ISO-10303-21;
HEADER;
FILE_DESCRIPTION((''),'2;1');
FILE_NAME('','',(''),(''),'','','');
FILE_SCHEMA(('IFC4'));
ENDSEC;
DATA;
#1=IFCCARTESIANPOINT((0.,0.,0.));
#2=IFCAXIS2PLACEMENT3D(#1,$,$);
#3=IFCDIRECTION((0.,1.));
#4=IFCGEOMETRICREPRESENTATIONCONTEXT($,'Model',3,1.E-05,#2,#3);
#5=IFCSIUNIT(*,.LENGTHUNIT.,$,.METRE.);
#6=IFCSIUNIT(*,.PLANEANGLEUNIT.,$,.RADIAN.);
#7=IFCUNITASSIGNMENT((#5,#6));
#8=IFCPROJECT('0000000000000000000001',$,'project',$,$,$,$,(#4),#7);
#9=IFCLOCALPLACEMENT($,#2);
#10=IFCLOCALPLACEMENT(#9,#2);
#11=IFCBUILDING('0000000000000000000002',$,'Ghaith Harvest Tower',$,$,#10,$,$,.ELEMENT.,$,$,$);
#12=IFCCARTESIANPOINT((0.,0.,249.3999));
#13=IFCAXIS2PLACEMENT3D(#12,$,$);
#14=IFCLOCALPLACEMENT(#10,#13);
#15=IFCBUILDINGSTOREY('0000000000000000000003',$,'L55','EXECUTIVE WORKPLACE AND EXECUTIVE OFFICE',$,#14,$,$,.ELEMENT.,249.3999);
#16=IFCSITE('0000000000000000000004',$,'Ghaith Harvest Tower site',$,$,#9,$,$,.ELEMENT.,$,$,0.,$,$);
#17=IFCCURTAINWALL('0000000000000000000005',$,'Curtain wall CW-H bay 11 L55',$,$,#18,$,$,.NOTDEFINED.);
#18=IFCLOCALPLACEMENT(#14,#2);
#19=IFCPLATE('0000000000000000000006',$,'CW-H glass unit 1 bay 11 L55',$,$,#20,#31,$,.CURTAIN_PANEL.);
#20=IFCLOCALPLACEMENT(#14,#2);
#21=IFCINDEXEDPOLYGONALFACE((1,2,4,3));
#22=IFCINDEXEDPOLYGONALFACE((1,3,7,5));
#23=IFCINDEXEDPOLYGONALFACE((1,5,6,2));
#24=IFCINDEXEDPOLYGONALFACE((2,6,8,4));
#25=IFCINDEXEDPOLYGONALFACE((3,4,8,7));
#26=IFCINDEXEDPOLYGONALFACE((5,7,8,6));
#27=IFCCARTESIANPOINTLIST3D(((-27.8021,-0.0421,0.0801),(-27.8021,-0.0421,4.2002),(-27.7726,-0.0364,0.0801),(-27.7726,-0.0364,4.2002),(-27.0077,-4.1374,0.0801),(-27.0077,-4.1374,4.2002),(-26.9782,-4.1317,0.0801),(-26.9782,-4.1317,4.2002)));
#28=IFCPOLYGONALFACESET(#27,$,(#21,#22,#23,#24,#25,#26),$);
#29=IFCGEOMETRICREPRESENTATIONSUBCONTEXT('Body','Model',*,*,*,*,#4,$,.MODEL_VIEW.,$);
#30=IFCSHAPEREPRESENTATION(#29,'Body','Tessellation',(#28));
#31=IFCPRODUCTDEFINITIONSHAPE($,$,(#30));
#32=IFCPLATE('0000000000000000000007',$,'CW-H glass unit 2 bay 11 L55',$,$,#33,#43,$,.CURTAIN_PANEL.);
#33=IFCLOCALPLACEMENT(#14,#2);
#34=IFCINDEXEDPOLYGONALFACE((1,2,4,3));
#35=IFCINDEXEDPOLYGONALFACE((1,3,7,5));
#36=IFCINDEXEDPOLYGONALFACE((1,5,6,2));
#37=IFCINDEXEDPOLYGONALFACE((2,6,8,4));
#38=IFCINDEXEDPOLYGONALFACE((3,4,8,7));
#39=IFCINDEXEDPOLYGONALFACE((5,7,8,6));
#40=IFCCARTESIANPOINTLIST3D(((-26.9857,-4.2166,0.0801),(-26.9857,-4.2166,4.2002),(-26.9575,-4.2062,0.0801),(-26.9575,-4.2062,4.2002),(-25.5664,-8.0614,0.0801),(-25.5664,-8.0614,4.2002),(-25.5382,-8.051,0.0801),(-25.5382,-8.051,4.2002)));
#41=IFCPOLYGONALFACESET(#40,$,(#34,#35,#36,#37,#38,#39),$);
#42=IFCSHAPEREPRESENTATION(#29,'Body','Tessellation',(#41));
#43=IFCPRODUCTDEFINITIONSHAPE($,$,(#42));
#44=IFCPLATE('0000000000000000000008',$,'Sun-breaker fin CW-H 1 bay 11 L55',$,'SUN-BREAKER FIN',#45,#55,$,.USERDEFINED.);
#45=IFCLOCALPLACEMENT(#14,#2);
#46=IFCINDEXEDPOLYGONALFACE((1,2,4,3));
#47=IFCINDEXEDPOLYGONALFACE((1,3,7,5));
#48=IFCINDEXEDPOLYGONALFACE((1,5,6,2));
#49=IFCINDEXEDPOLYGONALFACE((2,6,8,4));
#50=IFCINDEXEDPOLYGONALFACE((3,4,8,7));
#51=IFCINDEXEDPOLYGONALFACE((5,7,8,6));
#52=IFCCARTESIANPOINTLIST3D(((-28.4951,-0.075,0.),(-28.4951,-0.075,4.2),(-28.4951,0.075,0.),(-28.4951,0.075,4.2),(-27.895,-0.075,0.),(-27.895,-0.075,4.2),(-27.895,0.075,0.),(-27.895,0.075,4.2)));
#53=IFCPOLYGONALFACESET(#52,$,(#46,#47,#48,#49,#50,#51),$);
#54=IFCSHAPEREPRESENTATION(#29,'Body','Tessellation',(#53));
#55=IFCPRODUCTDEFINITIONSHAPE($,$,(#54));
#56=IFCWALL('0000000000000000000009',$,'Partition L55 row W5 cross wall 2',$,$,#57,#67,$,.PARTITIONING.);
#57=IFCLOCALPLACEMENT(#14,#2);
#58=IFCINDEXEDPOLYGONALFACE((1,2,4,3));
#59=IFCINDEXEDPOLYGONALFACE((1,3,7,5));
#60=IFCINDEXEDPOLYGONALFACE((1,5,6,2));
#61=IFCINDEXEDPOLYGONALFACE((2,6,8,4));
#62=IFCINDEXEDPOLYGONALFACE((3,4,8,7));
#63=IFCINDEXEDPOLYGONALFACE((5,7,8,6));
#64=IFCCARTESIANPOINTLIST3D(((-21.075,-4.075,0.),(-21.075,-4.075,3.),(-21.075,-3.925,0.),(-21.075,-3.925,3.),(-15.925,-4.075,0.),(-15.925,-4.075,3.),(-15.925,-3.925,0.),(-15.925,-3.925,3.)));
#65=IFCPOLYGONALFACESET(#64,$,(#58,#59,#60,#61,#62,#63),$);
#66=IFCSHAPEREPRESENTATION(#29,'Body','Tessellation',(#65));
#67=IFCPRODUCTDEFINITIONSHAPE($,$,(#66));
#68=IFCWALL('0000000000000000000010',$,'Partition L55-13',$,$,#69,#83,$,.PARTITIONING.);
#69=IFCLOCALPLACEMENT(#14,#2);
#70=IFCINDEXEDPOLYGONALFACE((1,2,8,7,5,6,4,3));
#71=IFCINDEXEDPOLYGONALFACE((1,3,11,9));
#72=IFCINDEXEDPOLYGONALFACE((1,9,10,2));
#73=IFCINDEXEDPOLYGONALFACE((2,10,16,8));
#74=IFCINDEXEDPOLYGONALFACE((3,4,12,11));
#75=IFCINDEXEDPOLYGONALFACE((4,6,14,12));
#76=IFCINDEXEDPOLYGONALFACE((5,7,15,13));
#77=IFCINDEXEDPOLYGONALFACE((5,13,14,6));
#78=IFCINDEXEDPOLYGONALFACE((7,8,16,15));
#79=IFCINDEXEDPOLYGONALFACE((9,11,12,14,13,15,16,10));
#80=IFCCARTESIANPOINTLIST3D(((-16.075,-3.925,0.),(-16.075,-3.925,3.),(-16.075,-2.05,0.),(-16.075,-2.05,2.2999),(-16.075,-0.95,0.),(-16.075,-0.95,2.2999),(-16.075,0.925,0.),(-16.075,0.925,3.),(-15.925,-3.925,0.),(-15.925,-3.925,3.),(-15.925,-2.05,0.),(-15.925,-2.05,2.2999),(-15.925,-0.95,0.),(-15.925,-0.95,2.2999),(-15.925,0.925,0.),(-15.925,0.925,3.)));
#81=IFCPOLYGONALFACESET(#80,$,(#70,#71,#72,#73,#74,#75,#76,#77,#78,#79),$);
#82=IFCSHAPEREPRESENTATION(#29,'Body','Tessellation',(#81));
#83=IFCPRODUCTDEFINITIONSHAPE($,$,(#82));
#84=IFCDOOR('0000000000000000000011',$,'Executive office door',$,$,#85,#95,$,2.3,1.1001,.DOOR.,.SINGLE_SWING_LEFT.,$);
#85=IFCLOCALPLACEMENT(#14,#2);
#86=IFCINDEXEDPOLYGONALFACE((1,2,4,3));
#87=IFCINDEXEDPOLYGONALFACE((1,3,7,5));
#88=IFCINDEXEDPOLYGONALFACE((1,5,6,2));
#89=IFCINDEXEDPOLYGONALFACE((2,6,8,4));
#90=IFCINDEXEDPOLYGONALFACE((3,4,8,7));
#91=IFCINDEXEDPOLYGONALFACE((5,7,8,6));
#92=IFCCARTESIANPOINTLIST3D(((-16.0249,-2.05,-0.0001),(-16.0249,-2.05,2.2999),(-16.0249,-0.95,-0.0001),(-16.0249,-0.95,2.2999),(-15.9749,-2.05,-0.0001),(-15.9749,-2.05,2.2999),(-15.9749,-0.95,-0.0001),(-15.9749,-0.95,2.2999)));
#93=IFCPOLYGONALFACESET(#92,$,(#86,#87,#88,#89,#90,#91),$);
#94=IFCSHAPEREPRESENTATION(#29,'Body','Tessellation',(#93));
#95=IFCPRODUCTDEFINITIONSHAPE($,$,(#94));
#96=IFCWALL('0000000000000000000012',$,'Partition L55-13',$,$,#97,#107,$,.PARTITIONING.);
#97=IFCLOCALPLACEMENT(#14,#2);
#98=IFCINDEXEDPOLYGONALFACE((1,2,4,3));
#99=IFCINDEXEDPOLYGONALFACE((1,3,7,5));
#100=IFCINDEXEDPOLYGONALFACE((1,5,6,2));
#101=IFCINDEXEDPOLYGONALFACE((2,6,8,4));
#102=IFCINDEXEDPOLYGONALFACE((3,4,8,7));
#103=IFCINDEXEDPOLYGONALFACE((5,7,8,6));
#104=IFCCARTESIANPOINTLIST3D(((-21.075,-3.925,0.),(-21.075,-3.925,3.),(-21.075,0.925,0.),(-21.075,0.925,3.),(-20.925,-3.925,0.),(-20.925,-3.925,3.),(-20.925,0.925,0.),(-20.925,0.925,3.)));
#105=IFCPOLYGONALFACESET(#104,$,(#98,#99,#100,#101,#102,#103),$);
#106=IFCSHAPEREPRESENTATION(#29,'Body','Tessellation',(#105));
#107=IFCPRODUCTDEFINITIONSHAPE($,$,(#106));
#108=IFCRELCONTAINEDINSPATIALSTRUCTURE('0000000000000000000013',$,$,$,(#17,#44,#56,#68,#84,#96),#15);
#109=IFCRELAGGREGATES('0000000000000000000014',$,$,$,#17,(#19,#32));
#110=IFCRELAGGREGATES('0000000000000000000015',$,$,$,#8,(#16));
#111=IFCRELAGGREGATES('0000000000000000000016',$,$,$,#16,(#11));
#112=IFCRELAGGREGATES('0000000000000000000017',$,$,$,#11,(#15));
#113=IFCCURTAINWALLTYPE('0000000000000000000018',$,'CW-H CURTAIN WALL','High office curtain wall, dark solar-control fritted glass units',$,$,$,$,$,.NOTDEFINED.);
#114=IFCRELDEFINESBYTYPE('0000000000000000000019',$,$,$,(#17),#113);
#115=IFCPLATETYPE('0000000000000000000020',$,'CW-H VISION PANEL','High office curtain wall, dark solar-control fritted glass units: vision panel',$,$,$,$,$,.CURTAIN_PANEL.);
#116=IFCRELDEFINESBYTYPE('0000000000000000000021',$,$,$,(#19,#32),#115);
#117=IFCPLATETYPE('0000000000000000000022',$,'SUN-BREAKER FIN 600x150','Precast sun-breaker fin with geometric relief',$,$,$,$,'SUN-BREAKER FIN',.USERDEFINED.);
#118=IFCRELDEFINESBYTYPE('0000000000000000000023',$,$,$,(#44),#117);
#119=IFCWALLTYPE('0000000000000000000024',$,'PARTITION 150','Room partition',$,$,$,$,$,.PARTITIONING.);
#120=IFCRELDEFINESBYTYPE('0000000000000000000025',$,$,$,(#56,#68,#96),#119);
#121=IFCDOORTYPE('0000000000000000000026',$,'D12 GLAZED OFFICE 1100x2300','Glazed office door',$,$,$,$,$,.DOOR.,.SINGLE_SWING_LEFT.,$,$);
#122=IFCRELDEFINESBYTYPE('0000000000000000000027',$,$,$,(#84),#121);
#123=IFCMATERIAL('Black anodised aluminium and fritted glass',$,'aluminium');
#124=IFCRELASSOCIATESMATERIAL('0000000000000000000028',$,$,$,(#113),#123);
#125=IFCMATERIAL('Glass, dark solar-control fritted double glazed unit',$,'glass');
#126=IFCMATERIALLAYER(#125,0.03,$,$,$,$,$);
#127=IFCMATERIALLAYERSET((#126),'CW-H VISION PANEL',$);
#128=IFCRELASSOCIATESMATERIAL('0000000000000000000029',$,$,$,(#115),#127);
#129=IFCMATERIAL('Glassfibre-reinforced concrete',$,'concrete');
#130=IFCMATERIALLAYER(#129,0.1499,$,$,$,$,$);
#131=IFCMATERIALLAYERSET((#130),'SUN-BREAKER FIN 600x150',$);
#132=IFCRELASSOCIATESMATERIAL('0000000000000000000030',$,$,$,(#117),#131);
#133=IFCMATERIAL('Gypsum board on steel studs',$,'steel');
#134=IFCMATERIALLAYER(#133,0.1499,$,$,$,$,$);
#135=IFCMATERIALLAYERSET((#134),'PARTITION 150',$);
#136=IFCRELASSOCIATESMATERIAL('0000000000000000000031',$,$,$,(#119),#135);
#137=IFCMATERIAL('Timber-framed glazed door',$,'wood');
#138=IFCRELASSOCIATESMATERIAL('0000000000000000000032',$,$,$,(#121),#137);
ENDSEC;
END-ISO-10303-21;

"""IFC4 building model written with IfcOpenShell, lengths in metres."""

from ifc_helpers import new_model, si_unit, direction, frame, frame_2d, origin, origin_2d, place, context, subcontext, project, spatial, rectangle, extrude, material, layer, layer_set, type_object, element, fill, aggregate, save


model = new_model("IFC4")

# Units and contexts
model_context = context("Model", 3, precision=1e-05, world=origin(), true_north=direction((0.0, 1.0)))
body_context = subcontext(model_context, "Body", "Model", "MODEL_VIEW")
ifc_project = project(units=[si_unit("LENGTHUNIT", "METRE"), si_unit("PLANEANGLEUNIT", "RADIAN")], contexts=[model_context])

# Site, building, storey
site_placement = place(None, origin())
site = spatial("IfcSite", under=ifc_project, at=site_placement, Name="Ghaith Harvest Tower site", CompositionType="ELEMENT", RefElevation=0.0)
building_placement = place(site_placement, origin())
building = spatial("IfcBuilding", under=site, at=building_placement, Name="Ghaith Harvest Tower", CompositionType="ELEMENT")
storey_placement = place(building_placement, frame((0.0, 0.0, 249.3999)))
storey = spatial("IfcBuildingStorey", under=building, at=storey_placement, Name="L55", Description="EXECUTIVE WORKPLACE AND EXECUTIVE OFFICE", CompositionType="ELEMENT", Elevation=249.3999)

# Curtain wall
ifc_material_1 = material(Name="Black anodised aluminium and fritted glass", Category="aluminium")
curtain_wall_type = type_object("IfcCurtainWallType", Name="CW-H CURTAIN WALL", Description="High office curtain wall, dark solar-control fritted glass units", PredefinedType="NOTDEFINED", material=ifc_material_1)
curtain_wall_1_placement = place(storey_placement, origin())
curtain_wall_1 = element("IfcCurtainWall", 1, at=curtain_wall_1_placement, inside=storey, type_object=curtain_wall_type, Name="Curtain wall CW-H bay 11 L55", PredefinedType="NOTDEFINED")

# Plates
ifc_material_2 = material(Name="Glass, dark solar-control fritted double glazed unit", Category="glass")
ifc_layer_1 = layer(ifc_material_2, 0.03)
ifc_layer_set_1 = layer_set([ifc_layer_1], Name="CW-H VISION PANEL")
plate_type_1 = type_object("IfcPlateType", Name="CW-H VISION PANEL", Description="High office curtain wall, dark solar-control fritted glass units: vision panel", PredefinedType="CURTAIN_PANEL", material=ifc_layer_set_1)
plate_1_placement = place(storey_placement, frame((-27.3901, -2.0869, 0.0801), z_axis=(0.0, 0.0, 1.0), x_axis=(0.190427, -0.981701, 0.0)))
plate_1 = element("IfcPlate", 2, at=plate_1_placement, type_object=plate_type_1, Name="CW-H glass unit 1 bay 11 L55", PredefinedType="CURTAIN_PANEL", context=body_context, shape_type="SweptSolid", body=[
    extrude(rectangle(XDim=4.1716, YDim=0.03, at=origin_2d()), origin(), (0.0, 0.0, 1.0), 4.1201),
])
plate_2_placement = place(storey_placement, frame((-26.262, -6.1338, 0.0801), z_axis=(0.0, 0.0, 1.0), x_axis=(0.346303, -0.938123, 0.0)))
plate_2 = element("IfcPlate", 3, at=plate_2_placement, type_object=plate_type_1, Name="CW-H glass unit 2 bay 11 L55", PredefinedType="CURTAIN_PANEL", context=body_context, shape_type="SweptSolid", body=[
    extrude(rectangle(XDim=4.0984, YDim=0.03, at=origin_2d()), origin(), (0.0, 0.0, 1.0), 4.1201),
])
aggregate(curtain_wall_1, [plate_1, plate_2])
ifc_material_3 = material(Name="Glassfibre-reinforced concrete", Category="concrete")
ifc_layer_2 = layer(ifc_material_3, 0.1499)
ifc_layer_set_2 = layer_set([ifc_layer_2], Name="SUN-BREAKER FIN 600x150")
plate_type_2 = type_object("IfcPlateType", Name="SUN-BREAKER FIN 600x150", Description="Precast sun-breaker fin with geometric relief", ElementType="SUN-BREAKER FIN", PredefinedType="USERDEFINED", material=ifc_layer_set_2)
plate_3_placement = place(storey_placement, frame((-28.1951, 0.0, 0.0), z_axis=(0.0, 0.0, 1.0), x_axis=(-1.0, 0.0, 0.0)))
element("IfcPlate", 4, at=plate_3_placement, inside=storey, type_object=plate_type_2, Name="Sun-breaker fin CW-H 1 bay 11 L55", ObjectType="SUN-BREAKER FIN", PredefinedType="USERDEFINED", context=body_context, shape_type="SweptSolid", body=[
    extrude(rectangle(XDim=0.6001, YDim=0.1499, at=origin_2d()), origin(), (0.0, 0.0, 1.0), 4.2),
])

# Wall
ifc_material_4 = material(Name="Gypsum board on steel studs", Category="steel")
ifc_layer_3 = layer(ifc_material_4, 0.1499)
ifc_layer_set_3 = layer_set([ifc_layer_3], Name="PARTITION 150")
wall_type = type_object("IfcWallType", Name="PARTITION 150", Description="Room partition", PredefinedType="PARTITIONING", material=ifc_layer_set_3)
wall_1_placement = place(storey_placement, frame((-15.925, -4.0, 0.0), z_axis=(0.0, 0.0, 1.0), x_axis=(-1.0, 0.0, 0.0)))
element("IfcWall", 5, at=wall_1_placement, inside=storey, type_object=wall_type, Name="Partition L55 row W5 cross wall 2", PredefinedType="PARTITIONING", context=body_context, shape_type="SweptSolid", body=[
    extrude(rectangle(XDim=5.1499, YDim=0.1499, at=frame_2d((2.575, 0.0))), origin(), (0.0, 0.0, 1.0), 3.0),
])

# Wall, opening, door
wall_2_placement = place(storey_placement, frame((-16.0, -3.925, 0.0), z_axis=(0.0, 0.0, 1.0), x_axis=(0.0, 1.0, 0.0)))
wall_2 = element("IfcWall", 6, at=wall_2_placement, inside=storey, type_object=wall_type, Name="Partition L55-13", PredefinedType="PARTITIONING", context=body_context, shape_type="SweptSolid", body=[
    extrude(rectangle(XDim=4.8501, YDim=0.1499, at=frame_2d((2.425, 0.0))), origin(), (0.0, 0.0, 1.0), 3.0),
])
opening_placement = place(wall_2_placement, frame((1.875, 0.0, 0.0)))
opening = element("IfcOpeningElement", 7, at=opening_placement, cuts=wall_2, PredefinedType="OPENING", context=body_context, shape_type="SweptSolid", body=[
    extrude(rectangle(XDim=1.1001, YDim=2.3, at=frame_2d((0.55, 1.1499))), frame((0.0, 0.085, 0.0), z_axis=(0.0, -1.0, 0.0), x_axis=(1.0, 0.0, 0.0)), (0.0, 0.0, 1.0), 0.1699),
])
ifc_material_5 = material(Name="Timber-framed glazed door", Category="wood")
door_type = type_object("IfcDoorType", Name="D12 GLAZED OFFICE 1100x2300", Description="Glazed office door", OperationType="SINGLE_SWING_LEFT", PredefinedType="DOOR", material=ifc_material_5)
door_placement = place(opening_placement, origin())
door = element("IfcDoor", 8, at=door_placement, inside=storey, type_object=door_type, Name="Executive office door", OperationType="SINGLE_SWING_LEFT", OverallHeight=2.3, OverallWidth=1.1001, PredefinedType="DOOR", context=body_context, shape_type="SweptSolid", body=[
    extrude(rectangle(XDim=1.1001, YDim=2.3, at=frame_2d((0.55, 1.1499))), frame((0.0, 0.0249, 0.0), z_axis=(0.0, -1.0, 0.0), x_axis=(1.0, 0.0, 0.0)), (0.0, 0.0, 1.0), 0.05),
])
fill(opening, door)

# Wall
wall_3_placement = place(storey_placement, frame((-21.0, -3.925, 0.0), z_axis=(0.0, 0.0, 1.0), x_axis=(0.0, 1.0, 0.0)))
element("IfcWall", 9, at=wall_3_placement, inside=storey, type_object=wall_type, Name="Partition L55-13", PredefinedType="PARTITIONING", context=body_context, shape_type="SweptSolid", body=[
    extrude(rectangle(XDim=4.8501, YDim=0.1499, at=frame_2d((2.425, 0.0))), origin(), (0.0, 0.0, 1.0), 3.0),
])

save(model, "model.ifc")
